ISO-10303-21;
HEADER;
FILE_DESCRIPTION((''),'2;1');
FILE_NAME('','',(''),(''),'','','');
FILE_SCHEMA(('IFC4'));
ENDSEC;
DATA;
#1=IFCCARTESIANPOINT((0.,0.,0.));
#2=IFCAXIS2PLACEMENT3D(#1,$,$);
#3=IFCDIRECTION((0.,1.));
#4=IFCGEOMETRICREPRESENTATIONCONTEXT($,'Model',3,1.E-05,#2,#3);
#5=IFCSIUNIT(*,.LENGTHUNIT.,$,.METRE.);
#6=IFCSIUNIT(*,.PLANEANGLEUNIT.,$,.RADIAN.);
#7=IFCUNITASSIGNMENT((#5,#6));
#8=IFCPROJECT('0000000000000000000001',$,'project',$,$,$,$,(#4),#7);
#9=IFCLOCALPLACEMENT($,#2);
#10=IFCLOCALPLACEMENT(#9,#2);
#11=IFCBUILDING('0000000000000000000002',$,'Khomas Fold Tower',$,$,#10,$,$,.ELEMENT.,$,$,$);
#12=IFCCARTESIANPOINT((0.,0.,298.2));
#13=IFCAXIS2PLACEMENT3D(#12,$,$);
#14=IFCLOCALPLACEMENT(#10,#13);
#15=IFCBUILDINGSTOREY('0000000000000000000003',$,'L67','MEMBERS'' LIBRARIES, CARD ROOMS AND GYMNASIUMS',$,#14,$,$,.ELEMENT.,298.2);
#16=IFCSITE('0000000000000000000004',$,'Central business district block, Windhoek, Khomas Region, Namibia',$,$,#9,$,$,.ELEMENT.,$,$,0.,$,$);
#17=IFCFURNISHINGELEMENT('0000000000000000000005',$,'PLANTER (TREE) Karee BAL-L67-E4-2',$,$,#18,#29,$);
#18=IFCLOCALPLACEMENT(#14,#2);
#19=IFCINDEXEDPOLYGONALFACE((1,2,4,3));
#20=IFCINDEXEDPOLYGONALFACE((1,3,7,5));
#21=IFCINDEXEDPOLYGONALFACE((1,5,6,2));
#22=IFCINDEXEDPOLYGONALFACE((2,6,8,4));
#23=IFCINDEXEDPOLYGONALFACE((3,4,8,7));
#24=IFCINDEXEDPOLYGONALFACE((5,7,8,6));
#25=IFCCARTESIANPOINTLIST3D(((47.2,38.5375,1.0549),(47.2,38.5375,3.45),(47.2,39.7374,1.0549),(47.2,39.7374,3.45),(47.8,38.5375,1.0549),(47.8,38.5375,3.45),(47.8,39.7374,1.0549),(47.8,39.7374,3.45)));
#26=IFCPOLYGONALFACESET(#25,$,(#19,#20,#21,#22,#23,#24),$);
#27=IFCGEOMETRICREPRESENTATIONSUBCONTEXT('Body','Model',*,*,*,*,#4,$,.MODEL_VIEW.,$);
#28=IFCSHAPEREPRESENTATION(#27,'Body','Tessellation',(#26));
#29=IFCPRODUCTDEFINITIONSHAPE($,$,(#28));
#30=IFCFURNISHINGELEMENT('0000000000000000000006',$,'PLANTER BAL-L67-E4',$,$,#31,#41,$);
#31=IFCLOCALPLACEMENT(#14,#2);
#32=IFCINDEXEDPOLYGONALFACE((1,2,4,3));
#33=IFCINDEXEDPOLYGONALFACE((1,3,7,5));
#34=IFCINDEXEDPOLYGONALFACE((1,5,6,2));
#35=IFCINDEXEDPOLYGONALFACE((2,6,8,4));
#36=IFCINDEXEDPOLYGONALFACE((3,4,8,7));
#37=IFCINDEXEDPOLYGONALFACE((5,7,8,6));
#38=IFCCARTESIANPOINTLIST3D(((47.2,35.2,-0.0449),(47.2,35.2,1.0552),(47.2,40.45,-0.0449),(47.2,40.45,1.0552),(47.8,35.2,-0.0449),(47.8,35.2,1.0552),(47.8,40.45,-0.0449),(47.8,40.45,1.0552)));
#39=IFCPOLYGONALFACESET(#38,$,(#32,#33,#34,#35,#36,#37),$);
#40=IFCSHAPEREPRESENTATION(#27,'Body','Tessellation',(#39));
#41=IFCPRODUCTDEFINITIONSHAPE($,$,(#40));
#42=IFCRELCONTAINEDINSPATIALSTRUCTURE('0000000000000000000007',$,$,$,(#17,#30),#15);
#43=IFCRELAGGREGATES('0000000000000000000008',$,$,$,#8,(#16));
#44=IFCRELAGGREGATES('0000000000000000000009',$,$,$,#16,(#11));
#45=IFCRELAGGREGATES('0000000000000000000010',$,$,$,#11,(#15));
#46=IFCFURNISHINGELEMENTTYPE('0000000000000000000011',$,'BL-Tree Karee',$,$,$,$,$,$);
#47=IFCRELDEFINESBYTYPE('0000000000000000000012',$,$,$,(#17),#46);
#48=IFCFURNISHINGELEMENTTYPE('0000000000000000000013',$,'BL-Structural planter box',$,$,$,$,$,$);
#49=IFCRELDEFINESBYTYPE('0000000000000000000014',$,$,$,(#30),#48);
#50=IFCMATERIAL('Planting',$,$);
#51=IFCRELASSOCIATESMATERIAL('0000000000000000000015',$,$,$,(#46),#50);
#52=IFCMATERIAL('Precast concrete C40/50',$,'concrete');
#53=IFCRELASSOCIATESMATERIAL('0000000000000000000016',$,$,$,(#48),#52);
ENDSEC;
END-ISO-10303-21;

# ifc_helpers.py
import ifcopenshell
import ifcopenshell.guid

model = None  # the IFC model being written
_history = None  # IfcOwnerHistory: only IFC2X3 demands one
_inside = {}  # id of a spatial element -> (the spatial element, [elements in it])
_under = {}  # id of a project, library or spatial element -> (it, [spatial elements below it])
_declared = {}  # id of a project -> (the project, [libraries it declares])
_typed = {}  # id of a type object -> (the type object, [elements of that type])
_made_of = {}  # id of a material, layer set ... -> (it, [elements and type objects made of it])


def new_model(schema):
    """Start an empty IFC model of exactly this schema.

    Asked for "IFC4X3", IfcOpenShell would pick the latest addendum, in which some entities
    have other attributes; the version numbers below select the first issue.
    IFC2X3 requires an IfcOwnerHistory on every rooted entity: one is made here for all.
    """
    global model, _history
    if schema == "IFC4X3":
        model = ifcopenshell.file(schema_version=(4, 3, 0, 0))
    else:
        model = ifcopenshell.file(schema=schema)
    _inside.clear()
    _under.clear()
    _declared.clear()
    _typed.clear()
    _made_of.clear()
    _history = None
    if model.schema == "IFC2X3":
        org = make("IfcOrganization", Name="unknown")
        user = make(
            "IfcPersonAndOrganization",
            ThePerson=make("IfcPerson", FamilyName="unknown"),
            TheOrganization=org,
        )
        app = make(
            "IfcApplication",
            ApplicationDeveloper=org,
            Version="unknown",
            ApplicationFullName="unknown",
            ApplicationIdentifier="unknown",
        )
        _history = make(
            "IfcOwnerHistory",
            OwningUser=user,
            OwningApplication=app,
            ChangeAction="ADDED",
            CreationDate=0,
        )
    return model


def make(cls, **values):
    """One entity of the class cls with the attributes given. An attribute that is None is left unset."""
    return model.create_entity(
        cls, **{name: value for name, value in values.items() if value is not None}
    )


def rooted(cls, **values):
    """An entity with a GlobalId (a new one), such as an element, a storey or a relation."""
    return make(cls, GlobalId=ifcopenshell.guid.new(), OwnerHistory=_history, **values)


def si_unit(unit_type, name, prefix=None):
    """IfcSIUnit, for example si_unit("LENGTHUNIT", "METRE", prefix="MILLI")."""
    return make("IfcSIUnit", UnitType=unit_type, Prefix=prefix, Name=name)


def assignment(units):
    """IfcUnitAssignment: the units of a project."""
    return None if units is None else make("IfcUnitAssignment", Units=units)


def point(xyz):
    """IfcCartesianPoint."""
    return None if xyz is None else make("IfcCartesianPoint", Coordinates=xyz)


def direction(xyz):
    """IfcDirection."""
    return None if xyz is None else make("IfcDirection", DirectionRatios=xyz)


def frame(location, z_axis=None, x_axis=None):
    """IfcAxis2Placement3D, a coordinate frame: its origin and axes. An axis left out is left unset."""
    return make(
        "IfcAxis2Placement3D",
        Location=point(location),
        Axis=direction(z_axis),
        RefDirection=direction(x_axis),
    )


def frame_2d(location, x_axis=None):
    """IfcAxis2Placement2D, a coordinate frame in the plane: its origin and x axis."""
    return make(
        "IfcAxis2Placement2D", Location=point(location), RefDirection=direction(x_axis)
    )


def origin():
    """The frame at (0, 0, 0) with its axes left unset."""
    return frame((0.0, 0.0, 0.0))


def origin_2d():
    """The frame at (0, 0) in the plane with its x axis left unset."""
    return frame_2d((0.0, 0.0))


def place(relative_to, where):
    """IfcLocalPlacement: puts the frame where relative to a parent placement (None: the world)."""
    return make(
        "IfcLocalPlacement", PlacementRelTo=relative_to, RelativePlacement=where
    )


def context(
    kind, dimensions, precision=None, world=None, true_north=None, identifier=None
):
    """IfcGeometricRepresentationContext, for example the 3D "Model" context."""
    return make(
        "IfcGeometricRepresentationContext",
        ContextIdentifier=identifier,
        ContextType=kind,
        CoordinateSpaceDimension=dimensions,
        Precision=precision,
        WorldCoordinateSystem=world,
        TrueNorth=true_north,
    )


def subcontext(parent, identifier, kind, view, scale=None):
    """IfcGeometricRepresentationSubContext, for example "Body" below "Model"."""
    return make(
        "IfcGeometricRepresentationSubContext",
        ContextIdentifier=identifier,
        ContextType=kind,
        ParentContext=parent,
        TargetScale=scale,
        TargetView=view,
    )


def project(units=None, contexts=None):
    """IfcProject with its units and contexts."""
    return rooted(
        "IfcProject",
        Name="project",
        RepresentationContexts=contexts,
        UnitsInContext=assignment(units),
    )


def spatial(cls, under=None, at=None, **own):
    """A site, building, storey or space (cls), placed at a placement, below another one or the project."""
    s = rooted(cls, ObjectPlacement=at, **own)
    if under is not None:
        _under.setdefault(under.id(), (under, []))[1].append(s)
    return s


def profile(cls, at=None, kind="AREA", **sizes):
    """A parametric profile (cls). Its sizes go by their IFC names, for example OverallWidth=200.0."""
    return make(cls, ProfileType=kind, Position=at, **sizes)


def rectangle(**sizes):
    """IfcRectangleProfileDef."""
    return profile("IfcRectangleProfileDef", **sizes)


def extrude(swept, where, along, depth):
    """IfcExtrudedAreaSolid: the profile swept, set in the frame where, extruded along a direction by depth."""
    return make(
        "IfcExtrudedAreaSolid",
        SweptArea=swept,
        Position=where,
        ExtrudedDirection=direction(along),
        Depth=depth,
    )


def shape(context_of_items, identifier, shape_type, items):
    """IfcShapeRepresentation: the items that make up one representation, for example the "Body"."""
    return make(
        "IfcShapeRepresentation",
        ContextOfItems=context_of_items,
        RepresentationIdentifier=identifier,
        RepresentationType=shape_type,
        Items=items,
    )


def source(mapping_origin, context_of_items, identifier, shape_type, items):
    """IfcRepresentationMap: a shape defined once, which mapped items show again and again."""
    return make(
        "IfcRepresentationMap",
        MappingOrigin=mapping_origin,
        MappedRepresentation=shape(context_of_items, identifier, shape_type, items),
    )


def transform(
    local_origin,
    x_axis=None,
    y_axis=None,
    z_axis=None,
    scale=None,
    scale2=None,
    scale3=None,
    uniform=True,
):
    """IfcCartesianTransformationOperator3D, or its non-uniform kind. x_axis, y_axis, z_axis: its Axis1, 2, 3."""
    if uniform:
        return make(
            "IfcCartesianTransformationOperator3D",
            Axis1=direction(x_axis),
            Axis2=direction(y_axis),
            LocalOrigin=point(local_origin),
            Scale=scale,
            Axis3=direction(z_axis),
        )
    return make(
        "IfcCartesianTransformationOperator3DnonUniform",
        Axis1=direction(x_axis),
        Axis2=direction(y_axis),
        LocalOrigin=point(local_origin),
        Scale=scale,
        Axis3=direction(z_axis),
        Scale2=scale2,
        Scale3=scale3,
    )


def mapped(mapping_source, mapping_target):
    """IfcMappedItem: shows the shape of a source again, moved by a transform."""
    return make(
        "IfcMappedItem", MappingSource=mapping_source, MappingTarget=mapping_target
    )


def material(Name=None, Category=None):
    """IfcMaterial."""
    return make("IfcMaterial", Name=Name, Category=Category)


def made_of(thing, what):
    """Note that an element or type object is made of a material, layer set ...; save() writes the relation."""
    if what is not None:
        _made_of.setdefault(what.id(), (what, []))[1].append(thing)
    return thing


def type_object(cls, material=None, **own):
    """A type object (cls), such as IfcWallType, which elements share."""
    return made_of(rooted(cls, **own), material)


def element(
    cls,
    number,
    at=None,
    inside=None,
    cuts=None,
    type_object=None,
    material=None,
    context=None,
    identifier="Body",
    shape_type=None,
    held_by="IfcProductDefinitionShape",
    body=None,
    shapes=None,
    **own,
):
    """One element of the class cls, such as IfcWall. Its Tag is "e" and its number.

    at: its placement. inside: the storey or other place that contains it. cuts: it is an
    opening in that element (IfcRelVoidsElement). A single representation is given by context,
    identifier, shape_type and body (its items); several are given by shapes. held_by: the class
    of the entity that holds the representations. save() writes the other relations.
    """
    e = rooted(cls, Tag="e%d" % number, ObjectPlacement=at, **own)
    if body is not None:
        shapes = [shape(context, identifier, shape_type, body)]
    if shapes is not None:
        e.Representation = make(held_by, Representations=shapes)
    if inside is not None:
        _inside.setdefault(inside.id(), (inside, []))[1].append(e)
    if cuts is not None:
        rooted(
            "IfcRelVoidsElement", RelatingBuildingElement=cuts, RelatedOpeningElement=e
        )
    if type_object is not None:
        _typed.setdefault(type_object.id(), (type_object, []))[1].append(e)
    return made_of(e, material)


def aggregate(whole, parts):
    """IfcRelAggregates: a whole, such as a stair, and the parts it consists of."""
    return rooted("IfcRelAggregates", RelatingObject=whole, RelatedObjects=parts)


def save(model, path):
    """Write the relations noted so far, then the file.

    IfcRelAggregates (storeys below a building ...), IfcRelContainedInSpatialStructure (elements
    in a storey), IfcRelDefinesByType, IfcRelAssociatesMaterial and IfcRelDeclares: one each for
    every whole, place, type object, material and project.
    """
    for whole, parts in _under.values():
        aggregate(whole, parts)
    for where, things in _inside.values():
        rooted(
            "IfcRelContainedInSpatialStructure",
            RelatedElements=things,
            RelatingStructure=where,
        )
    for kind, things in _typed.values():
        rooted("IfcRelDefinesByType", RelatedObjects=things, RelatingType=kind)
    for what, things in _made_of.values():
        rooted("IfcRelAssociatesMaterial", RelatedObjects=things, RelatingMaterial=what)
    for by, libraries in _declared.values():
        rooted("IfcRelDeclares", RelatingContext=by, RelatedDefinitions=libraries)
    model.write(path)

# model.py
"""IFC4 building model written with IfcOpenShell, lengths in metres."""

from ifc_helpers import new_model, si_unit, direction, frame, origin, origin_2d, place, context, subcontext, project, spatial, rectangle, extrude, source, transform, mapped, material, type_object, element, save


model = new_model("IFC4")

# Units and contexts
model_context = context("Model", 3, precision=1e-05, world=origin(), true_north=direction((0.0, 1.0)))
body_context = subcontext(model_context, "Body", "Model", "MODEL_VIEW")
ifc_project = project(units=[si_unit("LENGTHUNIT", "METRE"), si_unit("PLANEANGLEUNIT", "RADIAN")], contexts=[model_context])

# Site, building, storey
site_placement = place(None, origin())
site = spatial("IfcSite", under=ifc_project, at=site_placement, Name="Central business district block, Windhoek, Khomas Region, Namibia", CompositionType="ELEMENT", RefElevation=0.0)
building_placement = place(site_placement, origin())
building = spatial("IfcBuilding", under=site, at=building_placement, Name="Khomas Fold Tower", CompositionType="ELEMENT")
storey_placement = place(building_placement, frame((0.0, 0.0, 298.2)))
storey = spatial("IfcBuildingStorey", under=building, at=storey_placement, Name="L67", Description="MEMBERS' LIBRARIES, CARD ROOMS AND GYMNASIUMS", CompositionType="ELEMENT", Elevation=298.2)

# Furnishing elements
shared_shape_1 = source(origin(), body_context, "Body", "SweptSolid", [
    extrude(rectangle(XDim=1.2, YDim=0.6001, at=origin_2d()), origin(), (0.0, 0.0, 1.0), 2.395),
])
ifc_material_1 = material(Name="Planting")
furnishing_element_type_1 = type_object("IfcFurnishingElementType", Name="BL-Tree Karee", material=ifc_material_1)
furnishing_1_placement = place(storey_placement, frame((47.5, 39.1375, 1.0549), z_axis=(0.0, 0.0, 1.0), x_axis=(0.0, 1.0, 0.0)))
element("IfcFurnishingElement", 1, at=furnishing_1_placement, inside=storey, type_object=furnishing_element_type_1, Name="PLANTER (TREE) Karee BAL-L67-E4-2", context=body_context, shape_type="MappedRepresentation", body=[
    mapped(shared_shape_1, transform((0.0, 0.0, 0.0))),
])
ifc_material_2 = material(Name="Precast concrete C40/50", Category="concrete")
furnishing_element_type_2 = type_object("IfcFurnishingElementType", Name="BL-Structural planter box", material=ifc_material_2)
shared_shape_2 = source(origin(), body_context, "Body", "SweptSolid", [
    extrude(rectangle(XDim=5.25, YDim=0.6001, at=origin_2d()), origin(), (0.0, 0.0, 1.0), 1.1001),
])
furnishing_2_placement = place(storey_placement, frame((47.5, 37.825, -0.0449), z_axis=(0.0, 0.0, 1.0), x_axis=(0.0, 1.0, 0.0)))
element("IfcFurnishingElement", 2, at=furnishing_2_placement, inside=storey, type_object=furnishing_element_type_2, Name="PLANTER BAL-L67-E4", context=body_context, shape_type="MappedRepresentation", body=[
    mapped(shared_shape_2, transform((0.0, 0.0, 0.0))),
])

save(model, "model.ifc")
